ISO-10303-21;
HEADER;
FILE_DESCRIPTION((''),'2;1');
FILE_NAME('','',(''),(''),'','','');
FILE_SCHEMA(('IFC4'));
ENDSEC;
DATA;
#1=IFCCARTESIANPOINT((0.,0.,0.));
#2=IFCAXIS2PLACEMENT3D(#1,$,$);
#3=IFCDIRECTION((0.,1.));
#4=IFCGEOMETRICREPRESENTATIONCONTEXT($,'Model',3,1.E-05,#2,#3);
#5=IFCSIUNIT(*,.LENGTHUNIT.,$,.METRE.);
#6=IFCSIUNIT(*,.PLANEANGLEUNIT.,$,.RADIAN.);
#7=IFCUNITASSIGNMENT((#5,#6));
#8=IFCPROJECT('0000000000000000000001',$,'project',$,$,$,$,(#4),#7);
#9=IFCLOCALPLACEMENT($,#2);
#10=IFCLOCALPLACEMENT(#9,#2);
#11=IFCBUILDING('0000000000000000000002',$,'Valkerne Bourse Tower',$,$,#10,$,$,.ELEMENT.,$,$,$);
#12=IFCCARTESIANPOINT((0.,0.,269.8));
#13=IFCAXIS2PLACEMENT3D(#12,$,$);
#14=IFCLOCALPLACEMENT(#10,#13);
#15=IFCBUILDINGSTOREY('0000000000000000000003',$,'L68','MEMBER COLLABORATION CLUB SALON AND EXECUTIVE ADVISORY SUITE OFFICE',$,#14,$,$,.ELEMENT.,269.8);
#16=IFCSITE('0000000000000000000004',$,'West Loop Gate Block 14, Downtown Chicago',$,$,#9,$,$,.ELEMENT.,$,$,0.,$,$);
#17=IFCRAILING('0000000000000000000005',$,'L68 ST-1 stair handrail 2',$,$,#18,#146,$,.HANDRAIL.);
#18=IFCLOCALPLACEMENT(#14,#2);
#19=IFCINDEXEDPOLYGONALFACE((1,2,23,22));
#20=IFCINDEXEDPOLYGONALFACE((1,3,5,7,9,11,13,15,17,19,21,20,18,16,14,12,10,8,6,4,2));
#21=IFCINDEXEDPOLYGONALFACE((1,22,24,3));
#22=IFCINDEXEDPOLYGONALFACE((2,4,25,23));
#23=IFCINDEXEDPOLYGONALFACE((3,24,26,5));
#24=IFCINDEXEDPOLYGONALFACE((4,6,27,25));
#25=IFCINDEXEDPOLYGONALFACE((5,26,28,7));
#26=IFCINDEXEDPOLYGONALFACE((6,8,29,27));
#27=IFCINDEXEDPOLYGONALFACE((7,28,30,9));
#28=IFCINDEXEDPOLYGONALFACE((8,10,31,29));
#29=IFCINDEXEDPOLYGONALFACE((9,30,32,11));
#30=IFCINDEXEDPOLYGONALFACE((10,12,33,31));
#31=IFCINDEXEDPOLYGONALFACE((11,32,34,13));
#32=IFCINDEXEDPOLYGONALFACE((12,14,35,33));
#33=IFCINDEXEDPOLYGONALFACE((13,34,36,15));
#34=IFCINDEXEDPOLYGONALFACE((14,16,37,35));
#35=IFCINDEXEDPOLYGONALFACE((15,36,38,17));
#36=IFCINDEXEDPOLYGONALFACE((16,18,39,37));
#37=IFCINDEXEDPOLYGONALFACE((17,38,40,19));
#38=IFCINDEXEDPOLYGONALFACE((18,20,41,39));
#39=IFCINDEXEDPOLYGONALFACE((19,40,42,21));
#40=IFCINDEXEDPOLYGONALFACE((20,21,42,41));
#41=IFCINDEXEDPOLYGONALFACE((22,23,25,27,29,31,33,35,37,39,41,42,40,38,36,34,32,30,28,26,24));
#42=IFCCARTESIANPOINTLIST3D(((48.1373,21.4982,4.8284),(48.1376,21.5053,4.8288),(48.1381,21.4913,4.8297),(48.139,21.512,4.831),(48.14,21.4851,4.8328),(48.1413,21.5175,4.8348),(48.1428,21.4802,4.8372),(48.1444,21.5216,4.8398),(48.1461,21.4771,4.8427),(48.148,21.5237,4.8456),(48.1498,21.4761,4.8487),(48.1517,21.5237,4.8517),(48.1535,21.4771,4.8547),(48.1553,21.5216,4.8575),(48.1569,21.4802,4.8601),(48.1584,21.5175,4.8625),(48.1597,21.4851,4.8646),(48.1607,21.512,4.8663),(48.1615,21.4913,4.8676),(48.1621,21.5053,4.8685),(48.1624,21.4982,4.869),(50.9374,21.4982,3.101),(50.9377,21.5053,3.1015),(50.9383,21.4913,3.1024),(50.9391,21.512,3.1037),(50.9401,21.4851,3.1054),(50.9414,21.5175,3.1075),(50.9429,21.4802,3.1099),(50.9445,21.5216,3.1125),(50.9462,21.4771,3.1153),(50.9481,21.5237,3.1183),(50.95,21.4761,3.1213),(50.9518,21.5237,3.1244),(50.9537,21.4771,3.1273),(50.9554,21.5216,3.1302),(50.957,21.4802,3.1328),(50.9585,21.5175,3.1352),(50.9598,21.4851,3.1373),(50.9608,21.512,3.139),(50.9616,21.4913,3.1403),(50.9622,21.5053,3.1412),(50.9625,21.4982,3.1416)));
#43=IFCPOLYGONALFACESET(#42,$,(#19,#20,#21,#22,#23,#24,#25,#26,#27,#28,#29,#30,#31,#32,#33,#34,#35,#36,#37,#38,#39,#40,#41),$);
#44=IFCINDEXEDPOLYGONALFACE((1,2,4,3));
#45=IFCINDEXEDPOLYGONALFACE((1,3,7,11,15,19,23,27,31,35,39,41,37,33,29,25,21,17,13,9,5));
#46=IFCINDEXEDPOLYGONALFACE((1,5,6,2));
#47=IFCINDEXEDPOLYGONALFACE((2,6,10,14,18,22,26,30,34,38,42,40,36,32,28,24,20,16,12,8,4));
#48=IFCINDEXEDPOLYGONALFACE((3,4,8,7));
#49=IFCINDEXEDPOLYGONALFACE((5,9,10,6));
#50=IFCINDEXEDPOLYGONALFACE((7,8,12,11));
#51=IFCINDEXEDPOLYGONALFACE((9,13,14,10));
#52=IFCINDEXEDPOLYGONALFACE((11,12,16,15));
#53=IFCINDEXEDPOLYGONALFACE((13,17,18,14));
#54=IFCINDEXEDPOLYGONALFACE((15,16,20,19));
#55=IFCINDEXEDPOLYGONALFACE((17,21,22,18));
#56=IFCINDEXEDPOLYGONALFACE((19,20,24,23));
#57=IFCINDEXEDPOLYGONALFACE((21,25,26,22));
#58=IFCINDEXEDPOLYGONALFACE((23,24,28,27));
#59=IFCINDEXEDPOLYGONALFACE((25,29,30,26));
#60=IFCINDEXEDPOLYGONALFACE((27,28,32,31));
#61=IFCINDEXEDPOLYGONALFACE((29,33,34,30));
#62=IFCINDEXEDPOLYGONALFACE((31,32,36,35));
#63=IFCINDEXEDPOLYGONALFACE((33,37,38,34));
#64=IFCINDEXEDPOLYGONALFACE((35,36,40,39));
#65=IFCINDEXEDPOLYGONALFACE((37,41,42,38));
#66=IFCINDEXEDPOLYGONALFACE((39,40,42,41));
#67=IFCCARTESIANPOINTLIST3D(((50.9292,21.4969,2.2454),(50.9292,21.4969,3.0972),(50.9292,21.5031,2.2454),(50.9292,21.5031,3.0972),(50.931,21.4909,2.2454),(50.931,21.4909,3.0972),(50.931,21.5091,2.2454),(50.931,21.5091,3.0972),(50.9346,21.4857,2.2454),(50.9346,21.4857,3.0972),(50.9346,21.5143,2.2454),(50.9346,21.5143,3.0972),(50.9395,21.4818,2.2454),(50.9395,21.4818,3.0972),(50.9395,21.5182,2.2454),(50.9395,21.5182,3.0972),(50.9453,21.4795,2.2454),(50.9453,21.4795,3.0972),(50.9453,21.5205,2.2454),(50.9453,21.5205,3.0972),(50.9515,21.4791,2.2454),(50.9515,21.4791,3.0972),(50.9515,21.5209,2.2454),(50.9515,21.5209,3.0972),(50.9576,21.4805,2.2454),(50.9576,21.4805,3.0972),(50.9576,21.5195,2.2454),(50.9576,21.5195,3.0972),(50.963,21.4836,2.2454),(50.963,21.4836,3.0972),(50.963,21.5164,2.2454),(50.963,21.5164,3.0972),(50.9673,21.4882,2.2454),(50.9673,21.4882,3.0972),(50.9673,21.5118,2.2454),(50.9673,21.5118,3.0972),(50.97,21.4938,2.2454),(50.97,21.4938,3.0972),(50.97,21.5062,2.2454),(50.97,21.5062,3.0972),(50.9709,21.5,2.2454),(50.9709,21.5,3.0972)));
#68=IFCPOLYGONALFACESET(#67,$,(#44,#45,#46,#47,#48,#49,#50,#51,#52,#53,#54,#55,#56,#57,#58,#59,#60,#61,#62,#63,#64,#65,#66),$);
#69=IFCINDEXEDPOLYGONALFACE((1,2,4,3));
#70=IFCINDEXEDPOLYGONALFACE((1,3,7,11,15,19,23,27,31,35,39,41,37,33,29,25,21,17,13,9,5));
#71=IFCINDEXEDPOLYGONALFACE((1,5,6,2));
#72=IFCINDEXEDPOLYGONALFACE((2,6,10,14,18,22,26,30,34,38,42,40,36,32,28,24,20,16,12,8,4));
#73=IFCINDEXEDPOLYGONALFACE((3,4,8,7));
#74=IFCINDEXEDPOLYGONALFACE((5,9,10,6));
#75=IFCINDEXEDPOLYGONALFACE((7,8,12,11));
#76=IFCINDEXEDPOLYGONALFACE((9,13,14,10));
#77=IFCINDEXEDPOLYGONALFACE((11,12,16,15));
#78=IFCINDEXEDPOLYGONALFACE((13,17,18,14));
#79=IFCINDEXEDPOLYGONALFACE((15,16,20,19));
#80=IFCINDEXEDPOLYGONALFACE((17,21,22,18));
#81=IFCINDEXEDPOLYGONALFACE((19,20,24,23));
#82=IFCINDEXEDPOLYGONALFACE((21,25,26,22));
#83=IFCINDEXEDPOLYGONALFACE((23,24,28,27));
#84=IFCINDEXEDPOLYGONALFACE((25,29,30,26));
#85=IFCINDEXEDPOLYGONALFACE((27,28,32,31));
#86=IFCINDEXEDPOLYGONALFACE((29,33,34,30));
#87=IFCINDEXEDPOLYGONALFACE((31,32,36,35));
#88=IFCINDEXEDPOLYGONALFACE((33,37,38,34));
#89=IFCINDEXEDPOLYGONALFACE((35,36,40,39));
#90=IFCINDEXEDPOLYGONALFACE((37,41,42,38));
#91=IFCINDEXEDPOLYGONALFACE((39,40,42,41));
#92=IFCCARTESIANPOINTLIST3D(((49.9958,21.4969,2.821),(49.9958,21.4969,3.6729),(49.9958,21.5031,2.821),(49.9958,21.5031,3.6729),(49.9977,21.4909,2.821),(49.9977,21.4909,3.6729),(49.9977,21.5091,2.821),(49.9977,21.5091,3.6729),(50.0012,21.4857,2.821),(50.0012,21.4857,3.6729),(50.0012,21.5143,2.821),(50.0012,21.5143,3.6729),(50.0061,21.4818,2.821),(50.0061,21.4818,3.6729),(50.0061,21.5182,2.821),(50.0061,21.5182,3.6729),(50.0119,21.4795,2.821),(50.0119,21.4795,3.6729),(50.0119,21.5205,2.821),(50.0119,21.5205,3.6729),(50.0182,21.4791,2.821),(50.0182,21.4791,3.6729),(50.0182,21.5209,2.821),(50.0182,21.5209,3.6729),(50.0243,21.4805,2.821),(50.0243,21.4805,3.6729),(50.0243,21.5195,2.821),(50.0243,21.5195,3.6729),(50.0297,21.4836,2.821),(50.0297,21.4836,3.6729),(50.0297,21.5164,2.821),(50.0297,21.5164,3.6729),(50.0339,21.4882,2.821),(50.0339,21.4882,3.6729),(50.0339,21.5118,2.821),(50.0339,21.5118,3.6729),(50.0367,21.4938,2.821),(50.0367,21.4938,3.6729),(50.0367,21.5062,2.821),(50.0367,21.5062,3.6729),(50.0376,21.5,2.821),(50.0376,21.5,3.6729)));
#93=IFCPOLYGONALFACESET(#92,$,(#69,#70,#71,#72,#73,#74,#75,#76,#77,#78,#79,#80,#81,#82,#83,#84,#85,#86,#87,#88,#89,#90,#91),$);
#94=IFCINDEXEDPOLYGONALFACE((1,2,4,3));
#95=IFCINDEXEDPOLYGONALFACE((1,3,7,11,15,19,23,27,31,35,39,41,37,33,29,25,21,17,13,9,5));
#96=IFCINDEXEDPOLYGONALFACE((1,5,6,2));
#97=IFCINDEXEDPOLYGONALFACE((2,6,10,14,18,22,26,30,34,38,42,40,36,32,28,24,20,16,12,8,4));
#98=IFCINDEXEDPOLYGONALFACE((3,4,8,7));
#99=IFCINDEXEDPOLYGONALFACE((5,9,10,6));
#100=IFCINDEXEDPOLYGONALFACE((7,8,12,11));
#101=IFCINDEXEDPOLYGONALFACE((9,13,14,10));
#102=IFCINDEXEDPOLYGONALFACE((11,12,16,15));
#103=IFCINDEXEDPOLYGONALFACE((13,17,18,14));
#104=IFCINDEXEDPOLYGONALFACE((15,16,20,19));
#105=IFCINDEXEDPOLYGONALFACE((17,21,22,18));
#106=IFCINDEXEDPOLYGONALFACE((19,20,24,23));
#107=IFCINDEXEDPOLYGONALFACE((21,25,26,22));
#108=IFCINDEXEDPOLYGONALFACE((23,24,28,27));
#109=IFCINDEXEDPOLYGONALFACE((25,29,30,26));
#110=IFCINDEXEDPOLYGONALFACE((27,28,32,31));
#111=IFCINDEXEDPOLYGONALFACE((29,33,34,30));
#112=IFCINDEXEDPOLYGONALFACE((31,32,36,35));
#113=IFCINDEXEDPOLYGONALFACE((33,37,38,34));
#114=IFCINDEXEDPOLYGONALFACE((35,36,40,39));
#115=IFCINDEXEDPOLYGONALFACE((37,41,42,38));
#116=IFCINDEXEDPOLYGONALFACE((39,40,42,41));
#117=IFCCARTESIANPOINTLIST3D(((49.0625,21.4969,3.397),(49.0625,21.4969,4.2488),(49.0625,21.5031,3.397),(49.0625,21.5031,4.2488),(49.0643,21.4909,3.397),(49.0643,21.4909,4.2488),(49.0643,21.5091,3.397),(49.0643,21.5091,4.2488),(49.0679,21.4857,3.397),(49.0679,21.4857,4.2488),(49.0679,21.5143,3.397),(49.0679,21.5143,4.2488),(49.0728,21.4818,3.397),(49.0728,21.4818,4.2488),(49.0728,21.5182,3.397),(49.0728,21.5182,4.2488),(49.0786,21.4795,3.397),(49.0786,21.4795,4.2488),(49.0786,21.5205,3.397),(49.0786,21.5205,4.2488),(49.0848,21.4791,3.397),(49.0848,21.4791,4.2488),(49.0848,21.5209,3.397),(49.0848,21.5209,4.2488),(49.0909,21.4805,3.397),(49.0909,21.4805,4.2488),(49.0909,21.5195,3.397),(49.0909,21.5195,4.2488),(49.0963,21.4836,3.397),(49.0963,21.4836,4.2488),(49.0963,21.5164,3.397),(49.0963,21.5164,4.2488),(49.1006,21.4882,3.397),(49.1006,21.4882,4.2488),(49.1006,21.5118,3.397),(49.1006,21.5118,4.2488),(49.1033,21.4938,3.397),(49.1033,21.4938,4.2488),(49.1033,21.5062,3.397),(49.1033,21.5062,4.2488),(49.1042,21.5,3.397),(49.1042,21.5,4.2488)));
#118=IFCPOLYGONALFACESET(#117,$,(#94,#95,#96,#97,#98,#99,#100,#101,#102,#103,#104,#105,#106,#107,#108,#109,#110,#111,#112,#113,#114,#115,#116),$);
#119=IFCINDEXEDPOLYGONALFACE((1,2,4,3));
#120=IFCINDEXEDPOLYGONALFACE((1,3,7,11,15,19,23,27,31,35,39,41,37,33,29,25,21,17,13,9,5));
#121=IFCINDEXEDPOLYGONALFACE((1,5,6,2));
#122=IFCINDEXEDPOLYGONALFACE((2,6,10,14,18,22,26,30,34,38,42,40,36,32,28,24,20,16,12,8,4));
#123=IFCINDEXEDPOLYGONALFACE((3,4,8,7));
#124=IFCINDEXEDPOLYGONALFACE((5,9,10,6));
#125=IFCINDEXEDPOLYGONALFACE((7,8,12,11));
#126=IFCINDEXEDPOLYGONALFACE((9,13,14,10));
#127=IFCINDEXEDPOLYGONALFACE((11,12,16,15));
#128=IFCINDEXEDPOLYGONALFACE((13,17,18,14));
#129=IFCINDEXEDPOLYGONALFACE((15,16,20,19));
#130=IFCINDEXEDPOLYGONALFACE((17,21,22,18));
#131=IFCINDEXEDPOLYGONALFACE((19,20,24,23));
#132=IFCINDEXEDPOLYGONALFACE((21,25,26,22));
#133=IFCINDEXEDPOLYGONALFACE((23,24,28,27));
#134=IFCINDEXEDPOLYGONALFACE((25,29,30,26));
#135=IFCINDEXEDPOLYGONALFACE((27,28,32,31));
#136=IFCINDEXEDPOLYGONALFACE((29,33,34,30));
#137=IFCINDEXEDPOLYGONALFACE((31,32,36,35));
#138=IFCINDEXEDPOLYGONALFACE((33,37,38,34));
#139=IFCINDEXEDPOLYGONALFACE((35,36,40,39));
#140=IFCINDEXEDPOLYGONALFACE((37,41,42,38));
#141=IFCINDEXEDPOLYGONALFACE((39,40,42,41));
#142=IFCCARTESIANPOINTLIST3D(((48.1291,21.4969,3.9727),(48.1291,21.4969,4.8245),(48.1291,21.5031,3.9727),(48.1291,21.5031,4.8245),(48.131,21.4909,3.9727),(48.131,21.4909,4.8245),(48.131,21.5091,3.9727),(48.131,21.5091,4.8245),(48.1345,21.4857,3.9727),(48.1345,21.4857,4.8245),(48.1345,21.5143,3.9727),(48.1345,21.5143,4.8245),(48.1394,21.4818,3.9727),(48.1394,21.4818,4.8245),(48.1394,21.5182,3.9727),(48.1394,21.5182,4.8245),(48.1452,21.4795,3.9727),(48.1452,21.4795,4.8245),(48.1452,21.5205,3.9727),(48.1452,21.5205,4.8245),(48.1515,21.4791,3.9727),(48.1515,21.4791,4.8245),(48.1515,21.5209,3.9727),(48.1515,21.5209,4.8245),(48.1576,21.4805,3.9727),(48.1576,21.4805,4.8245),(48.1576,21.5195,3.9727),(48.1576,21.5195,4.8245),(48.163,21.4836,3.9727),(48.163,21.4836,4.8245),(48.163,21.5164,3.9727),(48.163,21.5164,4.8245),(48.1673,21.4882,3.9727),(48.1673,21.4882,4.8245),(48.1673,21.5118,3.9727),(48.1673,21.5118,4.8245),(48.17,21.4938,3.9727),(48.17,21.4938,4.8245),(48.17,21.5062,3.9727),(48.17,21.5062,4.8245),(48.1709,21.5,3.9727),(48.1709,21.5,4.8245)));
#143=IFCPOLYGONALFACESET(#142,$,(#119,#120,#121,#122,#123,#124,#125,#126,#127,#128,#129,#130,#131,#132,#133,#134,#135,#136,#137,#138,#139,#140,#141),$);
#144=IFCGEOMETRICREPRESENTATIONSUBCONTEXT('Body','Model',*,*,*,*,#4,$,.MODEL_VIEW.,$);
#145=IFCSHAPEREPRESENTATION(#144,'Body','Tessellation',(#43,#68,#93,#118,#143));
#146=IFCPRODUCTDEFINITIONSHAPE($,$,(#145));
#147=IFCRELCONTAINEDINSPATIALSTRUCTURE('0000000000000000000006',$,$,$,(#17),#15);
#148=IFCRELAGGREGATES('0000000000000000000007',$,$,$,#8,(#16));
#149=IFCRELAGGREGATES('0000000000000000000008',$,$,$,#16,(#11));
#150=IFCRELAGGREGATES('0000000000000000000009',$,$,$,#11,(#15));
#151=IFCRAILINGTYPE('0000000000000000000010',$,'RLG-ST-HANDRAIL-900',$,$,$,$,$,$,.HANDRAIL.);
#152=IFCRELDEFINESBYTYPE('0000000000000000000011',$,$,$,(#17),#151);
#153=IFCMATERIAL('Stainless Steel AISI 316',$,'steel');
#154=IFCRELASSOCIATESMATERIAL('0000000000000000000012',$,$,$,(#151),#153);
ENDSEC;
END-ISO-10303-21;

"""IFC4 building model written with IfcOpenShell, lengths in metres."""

from ifc_helpers import new_model, si_unit, direction, frame, origin, origin_2d, place, context, subcontext, project, spatial, circle, extrude, material, type_object, element, save


model = new_model("IFC4")

# Units and contexts
model_context = context("Model", 3, precision=1e-05, world=origin(), true_north=direction((0.0, 1.0)))
body_context = subcontext(model_context, "Body", "Model", "MODEL_VIEW")
ifc_project = project(units=[si_unit("LENGTHUNIT", "METRE"), si_unit("PLANEANGLEUNIT", "RADIAN")], contexts=[model_context])

# Site, building, storey
site_placement = place(None, origin())
site = spatial("IfcSite", under=ifc_project, at=site_placement, Name="West Loop Gate Block 14, Downtown Chicago", CompositionType="ELEMENT", RefElevation=0.0)
building_placement = place(site_placement, origin())
building = spatial("IfcBuilding", under=site, at=building_placement, Name="Valkerne Bourse Tower", CompositionType="ELEMENT")
storey_placement = place(building_placement, frame((0.0, 0.0, 269.8)))
storey = spatial("IfcBuildingStorey", under=building, at=storey_placement, Name="L68", Description="MEMBER COLLABORATION CLUB SALON AND EXECUTIVE ADVISORY SUITE OFFICE", CompositionType="ELEMENT", Elevation=269.8)

# Shared definitions
ifc_material_1 = material(Name="Stainless Steel AISI 316", Category="steel")

# Railing
railing_type_1 = type_object("IfcRailingType", Name="RLG-ST-HANDRAIL-900", PredefinedType="HANDRAIL", material=ifc_material_1)
railing_1_placement = place(storey_placement, frame((50.95, 21.5, 2.2454)))
element("IfcRailing", 1, at=railing_1_placement, inside=storey, type_object=railing_type_1, Name="L68 ST-1 stair handrail 2", PredefinedType="HANDRAIL", context=body_context, shape_type="SweptSolid", body=[
    extrude(circle(Radius=0.0239, at=origin_2d()), frame((0.0, 0.0, 0.876), z_axis=(-0.85109, 0.0, 0.52502), x_axis=(0.0, -1.0, 0.0)), (0.0, 0.0, 1.0), 3.29),
    extrude(circle(Radius=0.021, at=origin_2d()), origin(), (0.0, 0.0, 1.0), 0.8518),
    extrude(circle(Radius=0.021, at=origin_2d()), frame((-0.9333, 0.0, 0.5757)), (0.0, 0.0, 1.0), 0.8518),
    extrude(circle(Radius=0.021, at=origin_2d()), frame((-1.8667, 0.0, 1.1516)), (0.0, 0.0, 1.0), 0.8518),
    extrude(circle(Radius=0.021, at=origin_2d()), frame((-2.8, 0.0, 1.7273)), (0.0, 0.0, 1.0), 0.8518),
])

save(model, "model.ifc")
